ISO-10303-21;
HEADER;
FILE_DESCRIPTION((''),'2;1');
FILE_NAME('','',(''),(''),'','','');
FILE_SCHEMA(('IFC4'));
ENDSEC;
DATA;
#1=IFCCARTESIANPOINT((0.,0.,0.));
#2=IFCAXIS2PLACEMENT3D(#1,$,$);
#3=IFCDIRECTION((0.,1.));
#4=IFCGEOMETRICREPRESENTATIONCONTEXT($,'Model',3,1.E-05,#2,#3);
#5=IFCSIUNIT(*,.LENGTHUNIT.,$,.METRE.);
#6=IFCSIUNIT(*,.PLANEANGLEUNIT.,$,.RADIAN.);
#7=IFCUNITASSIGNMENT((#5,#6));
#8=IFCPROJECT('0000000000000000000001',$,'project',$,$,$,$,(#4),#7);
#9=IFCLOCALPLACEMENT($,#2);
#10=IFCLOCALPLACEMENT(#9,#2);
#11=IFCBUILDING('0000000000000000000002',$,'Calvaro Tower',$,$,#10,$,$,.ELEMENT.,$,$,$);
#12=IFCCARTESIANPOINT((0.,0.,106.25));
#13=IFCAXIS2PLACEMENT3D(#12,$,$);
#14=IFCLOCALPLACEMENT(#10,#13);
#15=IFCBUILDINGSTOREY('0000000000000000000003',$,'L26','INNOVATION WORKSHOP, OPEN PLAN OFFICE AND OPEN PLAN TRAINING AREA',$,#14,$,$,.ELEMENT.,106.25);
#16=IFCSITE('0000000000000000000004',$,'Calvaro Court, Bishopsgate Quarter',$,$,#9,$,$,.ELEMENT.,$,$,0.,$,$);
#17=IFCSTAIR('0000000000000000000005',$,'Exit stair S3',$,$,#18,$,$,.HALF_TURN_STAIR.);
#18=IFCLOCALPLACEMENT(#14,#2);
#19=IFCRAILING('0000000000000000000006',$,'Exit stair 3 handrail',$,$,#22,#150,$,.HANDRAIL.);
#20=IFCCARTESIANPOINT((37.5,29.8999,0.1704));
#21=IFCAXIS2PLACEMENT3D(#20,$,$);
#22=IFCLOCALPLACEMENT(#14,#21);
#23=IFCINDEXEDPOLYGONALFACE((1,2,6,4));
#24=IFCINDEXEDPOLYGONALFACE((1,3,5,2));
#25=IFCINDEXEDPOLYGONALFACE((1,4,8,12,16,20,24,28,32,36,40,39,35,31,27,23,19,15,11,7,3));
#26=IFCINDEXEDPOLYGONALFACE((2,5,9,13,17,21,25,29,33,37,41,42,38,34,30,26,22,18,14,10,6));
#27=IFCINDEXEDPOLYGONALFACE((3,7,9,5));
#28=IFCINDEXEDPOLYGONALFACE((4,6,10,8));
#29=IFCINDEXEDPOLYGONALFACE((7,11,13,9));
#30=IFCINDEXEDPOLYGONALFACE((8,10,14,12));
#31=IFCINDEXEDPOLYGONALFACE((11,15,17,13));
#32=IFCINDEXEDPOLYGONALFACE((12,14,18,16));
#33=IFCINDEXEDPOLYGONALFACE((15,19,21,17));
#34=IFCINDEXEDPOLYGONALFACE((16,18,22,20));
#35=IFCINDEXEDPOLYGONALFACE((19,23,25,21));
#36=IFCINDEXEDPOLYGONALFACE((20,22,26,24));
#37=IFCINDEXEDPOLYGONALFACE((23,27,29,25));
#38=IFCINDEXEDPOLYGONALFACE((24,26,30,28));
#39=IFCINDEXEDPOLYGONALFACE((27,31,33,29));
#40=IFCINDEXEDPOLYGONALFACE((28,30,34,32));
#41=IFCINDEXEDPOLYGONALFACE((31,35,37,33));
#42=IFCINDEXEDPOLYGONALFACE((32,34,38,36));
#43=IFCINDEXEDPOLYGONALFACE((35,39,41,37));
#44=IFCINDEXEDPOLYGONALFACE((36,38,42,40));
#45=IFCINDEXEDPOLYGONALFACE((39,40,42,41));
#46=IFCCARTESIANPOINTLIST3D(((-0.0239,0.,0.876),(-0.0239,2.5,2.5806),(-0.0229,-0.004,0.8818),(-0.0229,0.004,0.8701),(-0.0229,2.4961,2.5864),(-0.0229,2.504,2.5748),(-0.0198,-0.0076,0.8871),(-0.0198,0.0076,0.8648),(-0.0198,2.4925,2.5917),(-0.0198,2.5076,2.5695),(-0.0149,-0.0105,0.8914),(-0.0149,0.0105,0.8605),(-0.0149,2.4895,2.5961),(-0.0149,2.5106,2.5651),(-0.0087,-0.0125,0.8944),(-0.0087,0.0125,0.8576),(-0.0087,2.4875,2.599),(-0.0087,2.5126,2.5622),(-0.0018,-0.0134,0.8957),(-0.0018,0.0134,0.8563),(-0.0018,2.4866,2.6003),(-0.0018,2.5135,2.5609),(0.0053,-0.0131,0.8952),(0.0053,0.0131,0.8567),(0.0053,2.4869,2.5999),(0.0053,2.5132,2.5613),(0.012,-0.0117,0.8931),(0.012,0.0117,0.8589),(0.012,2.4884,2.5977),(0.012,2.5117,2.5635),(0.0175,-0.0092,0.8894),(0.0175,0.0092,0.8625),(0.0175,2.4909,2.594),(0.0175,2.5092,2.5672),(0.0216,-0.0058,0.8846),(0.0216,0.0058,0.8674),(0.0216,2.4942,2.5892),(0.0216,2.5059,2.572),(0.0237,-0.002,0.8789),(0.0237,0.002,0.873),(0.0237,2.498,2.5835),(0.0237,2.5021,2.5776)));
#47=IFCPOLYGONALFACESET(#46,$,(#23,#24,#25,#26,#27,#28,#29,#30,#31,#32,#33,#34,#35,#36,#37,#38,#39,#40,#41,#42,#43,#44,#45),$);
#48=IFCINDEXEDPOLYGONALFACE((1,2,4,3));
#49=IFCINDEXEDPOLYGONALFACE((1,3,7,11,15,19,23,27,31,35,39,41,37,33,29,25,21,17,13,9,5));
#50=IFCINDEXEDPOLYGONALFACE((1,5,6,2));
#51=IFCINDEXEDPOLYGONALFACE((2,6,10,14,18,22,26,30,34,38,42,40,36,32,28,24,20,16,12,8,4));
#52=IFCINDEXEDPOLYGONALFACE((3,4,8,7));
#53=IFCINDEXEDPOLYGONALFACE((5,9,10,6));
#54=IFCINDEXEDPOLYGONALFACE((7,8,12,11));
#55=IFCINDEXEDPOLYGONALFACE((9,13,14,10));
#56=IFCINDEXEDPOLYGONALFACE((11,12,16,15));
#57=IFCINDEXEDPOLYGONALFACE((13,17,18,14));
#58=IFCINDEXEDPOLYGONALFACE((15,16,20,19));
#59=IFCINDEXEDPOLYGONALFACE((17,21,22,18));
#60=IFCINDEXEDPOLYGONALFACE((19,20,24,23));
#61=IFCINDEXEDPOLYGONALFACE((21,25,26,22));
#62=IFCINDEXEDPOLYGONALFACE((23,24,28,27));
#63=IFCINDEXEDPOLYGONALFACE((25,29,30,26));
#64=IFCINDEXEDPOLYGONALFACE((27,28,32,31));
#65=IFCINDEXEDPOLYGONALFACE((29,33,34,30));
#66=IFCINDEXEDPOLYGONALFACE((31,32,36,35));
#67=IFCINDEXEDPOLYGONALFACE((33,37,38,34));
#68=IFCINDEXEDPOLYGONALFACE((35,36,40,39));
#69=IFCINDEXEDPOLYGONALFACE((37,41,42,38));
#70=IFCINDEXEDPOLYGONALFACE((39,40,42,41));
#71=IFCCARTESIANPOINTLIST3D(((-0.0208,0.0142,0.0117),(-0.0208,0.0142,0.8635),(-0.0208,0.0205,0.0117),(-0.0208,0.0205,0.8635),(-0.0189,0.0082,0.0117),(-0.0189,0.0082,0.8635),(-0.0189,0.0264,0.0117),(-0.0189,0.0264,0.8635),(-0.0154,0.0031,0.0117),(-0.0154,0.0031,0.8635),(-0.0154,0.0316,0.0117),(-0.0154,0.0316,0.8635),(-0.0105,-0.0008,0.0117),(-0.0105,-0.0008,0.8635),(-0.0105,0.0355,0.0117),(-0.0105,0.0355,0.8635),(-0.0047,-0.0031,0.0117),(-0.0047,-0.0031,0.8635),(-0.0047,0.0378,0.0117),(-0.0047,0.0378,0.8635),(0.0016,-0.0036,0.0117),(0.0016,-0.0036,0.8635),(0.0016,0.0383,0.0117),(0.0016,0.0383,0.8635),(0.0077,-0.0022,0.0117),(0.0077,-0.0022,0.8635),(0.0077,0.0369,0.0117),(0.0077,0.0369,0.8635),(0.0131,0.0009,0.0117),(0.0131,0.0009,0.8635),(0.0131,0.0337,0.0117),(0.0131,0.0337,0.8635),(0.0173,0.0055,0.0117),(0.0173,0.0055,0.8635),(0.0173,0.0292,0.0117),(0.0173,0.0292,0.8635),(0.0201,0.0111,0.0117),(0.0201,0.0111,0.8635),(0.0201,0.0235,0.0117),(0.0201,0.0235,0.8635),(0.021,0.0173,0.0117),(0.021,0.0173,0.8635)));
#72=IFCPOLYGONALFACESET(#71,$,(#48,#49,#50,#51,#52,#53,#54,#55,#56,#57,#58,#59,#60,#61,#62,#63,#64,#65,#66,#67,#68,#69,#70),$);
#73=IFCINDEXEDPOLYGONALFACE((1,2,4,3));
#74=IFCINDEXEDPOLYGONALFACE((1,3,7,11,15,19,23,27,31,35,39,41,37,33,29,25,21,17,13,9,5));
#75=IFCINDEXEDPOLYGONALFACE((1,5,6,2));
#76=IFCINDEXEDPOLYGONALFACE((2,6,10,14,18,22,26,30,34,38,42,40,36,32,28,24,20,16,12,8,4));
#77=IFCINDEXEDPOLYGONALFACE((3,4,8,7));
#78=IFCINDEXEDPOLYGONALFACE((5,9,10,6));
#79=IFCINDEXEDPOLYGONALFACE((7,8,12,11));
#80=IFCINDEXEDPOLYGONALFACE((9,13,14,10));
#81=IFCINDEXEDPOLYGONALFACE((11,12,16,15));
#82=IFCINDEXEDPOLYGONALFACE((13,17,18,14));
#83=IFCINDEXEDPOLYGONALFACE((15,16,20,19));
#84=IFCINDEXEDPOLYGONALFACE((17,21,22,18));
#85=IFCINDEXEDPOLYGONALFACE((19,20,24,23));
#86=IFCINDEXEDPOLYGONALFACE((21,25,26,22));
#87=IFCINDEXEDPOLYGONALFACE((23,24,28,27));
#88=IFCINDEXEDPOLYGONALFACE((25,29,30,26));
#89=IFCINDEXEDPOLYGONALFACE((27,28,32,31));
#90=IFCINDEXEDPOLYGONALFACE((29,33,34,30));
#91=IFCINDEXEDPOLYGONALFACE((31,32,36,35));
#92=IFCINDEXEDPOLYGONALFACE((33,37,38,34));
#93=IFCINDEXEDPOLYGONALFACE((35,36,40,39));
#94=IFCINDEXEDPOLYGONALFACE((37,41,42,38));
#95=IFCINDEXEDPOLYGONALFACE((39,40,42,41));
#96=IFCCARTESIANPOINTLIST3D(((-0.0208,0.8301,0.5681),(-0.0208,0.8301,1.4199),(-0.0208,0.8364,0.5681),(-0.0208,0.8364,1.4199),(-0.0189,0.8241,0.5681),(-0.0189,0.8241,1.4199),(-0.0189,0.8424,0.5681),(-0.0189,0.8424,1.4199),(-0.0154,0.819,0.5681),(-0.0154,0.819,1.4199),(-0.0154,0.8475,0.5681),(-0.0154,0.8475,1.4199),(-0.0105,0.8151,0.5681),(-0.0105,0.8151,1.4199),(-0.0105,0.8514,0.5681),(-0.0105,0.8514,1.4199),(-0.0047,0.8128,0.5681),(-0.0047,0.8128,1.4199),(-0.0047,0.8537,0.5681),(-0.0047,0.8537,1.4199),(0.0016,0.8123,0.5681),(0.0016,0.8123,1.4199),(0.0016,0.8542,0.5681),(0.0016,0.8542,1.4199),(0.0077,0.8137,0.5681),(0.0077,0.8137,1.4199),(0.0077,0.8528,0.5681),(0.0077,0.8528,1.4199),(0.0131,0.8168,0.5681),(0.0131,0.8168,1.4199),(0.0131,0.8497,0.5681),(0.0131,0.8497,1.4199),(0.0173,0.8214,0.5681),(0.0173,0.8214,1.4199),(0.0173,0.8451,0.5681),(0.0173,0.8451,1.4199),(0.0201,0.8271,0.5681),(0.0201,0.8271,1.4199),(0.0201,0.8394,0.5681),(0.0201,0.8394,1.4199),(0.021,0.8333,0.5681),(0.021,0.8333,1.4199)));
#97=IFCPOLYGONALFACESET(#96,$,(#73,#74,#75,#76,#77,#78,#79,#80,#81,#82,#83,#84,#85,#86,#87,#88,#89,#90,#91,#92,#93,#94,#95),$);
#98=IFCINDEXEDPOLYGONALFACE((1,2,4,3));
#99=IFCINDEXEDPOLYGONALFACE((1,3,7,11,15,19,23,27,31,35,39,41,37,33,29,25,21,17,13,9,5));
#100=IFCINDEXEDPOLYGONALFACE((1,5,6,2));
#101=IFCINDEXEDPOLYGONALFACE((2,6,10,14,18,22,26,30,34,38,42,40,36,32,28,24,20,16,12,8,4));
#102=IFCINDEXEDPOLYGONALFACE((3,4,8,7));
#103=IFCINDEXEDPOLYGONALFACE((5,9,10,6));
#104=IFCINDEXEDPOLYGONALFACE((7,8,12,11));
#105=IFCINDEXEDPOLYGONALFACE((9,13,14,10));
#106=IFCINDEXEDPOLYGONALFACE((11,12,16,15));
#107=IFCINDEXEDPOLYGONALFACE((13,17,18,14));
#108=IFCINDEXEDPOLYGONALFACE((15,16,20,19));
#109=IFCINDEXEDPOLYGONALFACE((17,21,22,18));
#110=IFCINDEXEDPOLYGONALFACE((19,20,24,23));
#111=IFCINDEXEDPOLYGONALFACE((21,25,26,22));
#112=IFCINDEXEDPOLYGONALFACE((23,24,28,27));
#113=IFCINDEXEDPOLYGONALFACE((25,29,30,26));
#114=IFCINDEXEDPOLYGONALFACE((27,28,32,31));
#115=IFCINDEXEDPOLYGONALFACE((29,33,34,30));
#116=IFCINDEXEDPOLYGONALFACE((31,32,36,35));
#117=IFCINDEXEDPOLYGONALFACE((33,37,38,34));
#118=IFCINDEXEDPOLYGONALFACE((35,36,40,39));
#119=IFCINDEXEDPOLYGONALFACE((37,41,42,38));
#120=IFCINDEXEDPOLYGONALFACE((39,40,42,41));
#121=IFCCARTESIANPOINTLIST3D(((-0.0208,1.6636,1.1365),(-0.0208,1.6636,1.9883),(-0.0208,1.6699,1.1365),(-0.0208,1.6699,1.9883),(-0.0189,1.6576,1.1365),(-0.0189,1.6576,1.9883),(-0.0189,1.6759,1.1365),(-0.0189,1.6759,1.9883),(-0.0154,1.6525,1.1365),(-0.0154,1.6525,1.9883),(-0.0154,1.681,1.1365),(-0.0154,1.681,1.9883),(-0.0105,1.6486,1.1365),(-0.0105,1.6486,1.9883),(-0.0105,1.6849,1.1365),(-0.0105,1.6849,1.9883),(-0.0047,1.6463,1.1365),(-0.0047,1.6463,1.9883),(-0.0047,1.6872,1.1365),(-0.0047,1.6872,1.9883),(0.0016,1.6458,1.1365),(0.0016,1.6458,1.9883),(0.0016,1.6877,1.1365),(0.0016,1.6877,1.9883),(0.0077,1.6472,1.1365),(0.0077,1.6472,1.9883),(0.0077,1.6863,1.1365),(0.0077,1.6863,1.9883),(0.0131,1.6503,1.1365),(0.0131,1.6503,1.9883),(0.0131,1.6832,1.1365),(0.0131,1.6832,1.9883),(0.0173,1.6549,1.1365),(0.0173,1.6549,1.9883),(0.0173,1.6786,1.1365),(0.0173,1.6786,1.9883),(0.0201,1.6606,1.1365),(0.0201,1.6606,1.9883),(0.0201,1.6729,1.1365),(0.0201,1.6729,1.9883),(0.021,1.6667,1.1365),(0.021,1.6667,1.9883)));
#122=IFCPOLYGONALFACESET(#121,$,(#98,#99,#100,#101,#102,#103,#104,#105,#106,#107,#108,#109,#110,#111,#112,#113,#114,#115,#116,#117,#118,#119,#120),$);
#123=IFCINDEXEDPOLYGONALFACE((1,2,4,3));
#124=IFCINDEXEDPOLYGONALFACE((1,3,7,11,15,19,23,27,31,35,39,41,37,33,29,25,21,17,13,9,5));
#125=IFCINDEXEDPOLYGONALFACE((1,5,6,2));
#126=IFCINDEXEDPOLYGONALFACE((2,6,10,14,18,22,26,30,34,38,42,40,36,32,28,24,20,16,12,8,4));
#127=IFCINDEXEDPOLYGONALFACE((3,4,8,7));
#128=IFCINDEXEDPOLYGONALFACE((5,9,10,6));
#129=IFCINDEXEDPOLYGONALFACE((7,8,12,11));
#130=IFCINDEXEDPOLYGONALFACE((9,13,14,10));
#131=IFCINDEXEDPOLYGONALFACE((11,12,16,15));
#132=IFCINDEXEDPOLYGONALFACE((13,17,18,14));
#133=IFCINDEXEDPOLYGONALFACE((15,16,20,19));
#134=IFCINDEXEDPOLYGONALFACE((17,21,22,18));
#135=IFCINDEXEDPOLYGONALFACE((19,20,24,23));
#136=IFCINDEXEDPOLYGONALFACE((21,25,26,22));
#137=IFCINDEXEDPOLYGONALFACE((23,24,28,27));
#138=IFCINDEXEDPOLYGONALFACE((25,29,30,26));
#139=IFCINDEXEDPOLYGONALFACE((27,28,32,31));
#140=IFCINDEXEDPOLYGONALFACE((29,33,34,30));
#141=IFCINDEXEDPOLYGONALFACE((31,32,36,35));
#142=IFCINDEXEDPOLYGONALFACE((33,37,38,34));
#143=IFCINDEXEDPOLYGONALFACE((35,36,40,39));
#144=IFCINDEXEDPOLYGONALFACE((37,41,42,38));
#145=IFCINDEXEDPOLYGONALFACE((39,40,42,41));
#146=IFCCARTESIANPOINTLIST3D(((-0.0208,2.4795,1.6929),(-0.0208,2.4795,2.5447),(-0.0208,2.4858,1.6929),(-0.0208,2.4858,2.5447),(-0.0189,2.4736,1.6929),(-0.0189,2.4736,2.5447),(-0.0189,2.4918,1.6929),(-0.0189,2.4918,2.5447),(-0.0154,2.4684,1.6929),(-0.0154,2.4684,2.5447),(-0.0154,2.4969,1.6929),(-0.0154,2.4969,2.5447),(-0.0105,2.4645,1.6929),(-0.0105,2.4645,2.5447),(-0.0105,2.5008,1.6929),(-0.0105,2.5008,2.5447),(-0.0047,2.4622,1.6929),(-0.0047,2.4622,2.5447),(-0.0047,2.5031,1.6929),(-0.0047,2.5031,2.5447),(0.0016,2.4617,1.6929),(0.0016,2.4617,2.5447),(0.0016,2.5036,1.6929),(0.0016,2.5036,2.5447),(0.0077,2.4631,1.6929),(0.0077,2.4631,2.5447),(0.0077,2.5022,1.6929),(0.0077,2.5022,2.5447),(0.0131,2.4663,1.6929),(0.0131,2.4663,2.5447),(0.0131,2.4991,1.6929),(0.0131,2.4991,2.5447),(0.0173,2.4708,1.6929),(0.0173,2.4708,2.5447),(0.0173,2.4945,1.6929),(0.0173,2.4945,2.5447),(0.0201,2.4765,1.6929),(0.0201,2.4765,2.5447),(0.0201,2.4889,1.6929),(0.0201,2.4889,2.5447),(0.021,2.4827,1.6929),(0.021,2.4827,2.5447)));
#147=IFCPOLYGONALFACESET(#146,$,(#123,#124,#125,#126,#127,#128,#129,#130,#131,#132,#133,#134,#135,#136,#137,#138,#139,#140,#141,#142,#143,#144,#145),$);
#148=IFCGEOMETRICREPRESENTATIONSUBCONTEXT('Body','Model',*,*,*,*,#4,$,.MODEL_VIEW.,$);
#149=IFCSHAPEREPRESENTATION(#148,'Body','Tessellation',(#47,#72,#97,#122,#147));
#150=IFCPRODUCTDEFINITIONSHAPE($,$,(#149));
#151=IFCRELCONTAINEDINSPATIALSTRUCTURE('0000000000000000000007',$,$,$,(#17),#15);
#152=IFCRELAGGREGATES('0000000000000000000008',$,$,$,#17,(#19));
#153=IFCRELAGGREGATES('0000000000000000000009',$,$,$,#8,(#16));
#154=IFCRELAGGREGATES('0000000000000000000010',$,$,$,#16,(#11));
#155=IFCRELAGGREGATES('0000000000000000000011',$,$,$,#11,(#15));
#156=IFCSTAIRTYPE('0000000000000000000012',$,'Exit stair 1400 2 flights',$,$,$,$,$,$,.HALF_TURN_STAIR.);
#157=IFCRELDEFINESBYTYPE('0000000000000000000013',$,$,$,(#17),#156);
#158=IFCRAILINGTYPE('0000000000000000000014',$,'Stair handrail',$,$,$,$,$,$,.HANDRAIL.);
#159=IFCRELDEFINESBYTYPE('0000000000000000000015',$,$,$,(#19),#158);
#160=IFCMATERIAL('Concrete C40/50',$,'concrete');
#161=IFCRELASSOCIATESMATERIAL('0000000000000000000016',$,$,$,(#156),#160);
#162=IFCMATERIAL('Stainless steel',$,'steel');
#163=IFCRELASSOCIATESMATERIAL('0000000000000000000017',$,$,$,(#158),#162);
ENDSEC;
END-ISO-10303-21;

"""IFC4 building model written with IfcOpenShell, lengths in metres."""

from ifc_helpers import new_model, si_unit, direction, frame, origin, origin_2d, place, context, subcontext, project, spatial, circle, extrude, material, type_object, element, aggregate, save


model = new_model("IFC4")

# Units and contexts
model_context = context("Model", 3, precision=1e-05, world=origin(), true_north=direction((0.0, 1.0)))
body_context = subcontext(model_context, "Body", "Model", "MODEL_VIEW")
ifc_project = project(units=[si_unit("LENGTHUNIT", "METRE"), si_unit("PLANEANGLEUNIT", "RADIAN")], contexts=[model_context])

# Site, building, storey
site_placement = place(None, origin())
site = spatial("IfcSite", under=ifc_project, at=site_placement, Name="Calvaro Court, Bishopsgate Quarter", CompositionType="ELEMENT", RefElevation=0.0)
building_placement = place(site_placement, origin())
building = spatial("IfcBuilding", under=site, at=building_placement, Name="Calvaro Tower", CompositionType="ELEMENT")
storey_placement = place(building_placement, frame((0.0, 0.0, 106.25)))
storey = spatial("IfcBuildingStorey", under=building, at=storey_placement, Name="L26", Description="INNOVATION WORKSHOP, OPEN PLAN OFFICE AND OPEN PLAN TRAINING AREA", CompositionType="ELEMENT", Elevation=106.25)

# Stair
ifc_material_1 = material(Name="Concrete C40/50", Category="concrete")
stair_type = type_object("IfcStairType", Name="Exit stair 1400 2 flights", PredefinedType="HALF_TURN_STAIR", material=ifc_material_1)
stair_1_placement = place(storey_placement, origin())
stair_1 = element("IfcStair", 1, at=stair_1_placement, inside=storey, type_object=stair_type, Name="Exit stair S3", PredefinedType="HALF_TURN_STAIR")

# Railing
ifc_material_2 = material(Name="Stainless steel", Category="steel")
railing_type = type_object("IfcRailingType", Name="Stair handrail", PredefinedType="HANDRAIL", material=ifc_material_2)
railing_1_placement = place(storey_placement, frame((37.5, 29.8999, 0.1704)))
railing_1 = element("IfcRailing", 2, at=railing_1_placement, type_object=railing_type, Name="Exit stair 3 handrail", PredefinedType="HANDRAIL", context=body_context, shape_type="SweptSolid", body=[
    extrude(circle(Radius=0.0239, at=origin_2d()), frame((0.0, 0.0, 0.876), z_axis=(0.0, 0.826221, 0.563347), x_axis=(-1.0, 0.0, 0.0)), (0.0, 0.0, 1.0), 3.0259),
    extrude(circle(Radius=0.021, at=origin_2d()), frame((0.0, 0.0173, 0.0117)), (0.0, 0.0, 1.0), 0.8518),
    extrude(circle(Radius=0.021, at=origin_2d()), frame((0.0, 0.8333, 0.5681)), (0.0, 0.0, 1.0), 0.8518),
    extrude(circle(Radius=0.021, at=origin_2d()), frame((0.0, 1.6667, 1.1365)), (0.0, 0.0, 1.0), 0.8518),
    extrude(circle(Radius=0.021, at=origin_2d()), frame((0.0, 2.4827, 1.6929)), (0.0, 0.0, 1.0), 0.8518),
])
aggregate(stair_1, [railing_1])

save(model, "model.ifc")
